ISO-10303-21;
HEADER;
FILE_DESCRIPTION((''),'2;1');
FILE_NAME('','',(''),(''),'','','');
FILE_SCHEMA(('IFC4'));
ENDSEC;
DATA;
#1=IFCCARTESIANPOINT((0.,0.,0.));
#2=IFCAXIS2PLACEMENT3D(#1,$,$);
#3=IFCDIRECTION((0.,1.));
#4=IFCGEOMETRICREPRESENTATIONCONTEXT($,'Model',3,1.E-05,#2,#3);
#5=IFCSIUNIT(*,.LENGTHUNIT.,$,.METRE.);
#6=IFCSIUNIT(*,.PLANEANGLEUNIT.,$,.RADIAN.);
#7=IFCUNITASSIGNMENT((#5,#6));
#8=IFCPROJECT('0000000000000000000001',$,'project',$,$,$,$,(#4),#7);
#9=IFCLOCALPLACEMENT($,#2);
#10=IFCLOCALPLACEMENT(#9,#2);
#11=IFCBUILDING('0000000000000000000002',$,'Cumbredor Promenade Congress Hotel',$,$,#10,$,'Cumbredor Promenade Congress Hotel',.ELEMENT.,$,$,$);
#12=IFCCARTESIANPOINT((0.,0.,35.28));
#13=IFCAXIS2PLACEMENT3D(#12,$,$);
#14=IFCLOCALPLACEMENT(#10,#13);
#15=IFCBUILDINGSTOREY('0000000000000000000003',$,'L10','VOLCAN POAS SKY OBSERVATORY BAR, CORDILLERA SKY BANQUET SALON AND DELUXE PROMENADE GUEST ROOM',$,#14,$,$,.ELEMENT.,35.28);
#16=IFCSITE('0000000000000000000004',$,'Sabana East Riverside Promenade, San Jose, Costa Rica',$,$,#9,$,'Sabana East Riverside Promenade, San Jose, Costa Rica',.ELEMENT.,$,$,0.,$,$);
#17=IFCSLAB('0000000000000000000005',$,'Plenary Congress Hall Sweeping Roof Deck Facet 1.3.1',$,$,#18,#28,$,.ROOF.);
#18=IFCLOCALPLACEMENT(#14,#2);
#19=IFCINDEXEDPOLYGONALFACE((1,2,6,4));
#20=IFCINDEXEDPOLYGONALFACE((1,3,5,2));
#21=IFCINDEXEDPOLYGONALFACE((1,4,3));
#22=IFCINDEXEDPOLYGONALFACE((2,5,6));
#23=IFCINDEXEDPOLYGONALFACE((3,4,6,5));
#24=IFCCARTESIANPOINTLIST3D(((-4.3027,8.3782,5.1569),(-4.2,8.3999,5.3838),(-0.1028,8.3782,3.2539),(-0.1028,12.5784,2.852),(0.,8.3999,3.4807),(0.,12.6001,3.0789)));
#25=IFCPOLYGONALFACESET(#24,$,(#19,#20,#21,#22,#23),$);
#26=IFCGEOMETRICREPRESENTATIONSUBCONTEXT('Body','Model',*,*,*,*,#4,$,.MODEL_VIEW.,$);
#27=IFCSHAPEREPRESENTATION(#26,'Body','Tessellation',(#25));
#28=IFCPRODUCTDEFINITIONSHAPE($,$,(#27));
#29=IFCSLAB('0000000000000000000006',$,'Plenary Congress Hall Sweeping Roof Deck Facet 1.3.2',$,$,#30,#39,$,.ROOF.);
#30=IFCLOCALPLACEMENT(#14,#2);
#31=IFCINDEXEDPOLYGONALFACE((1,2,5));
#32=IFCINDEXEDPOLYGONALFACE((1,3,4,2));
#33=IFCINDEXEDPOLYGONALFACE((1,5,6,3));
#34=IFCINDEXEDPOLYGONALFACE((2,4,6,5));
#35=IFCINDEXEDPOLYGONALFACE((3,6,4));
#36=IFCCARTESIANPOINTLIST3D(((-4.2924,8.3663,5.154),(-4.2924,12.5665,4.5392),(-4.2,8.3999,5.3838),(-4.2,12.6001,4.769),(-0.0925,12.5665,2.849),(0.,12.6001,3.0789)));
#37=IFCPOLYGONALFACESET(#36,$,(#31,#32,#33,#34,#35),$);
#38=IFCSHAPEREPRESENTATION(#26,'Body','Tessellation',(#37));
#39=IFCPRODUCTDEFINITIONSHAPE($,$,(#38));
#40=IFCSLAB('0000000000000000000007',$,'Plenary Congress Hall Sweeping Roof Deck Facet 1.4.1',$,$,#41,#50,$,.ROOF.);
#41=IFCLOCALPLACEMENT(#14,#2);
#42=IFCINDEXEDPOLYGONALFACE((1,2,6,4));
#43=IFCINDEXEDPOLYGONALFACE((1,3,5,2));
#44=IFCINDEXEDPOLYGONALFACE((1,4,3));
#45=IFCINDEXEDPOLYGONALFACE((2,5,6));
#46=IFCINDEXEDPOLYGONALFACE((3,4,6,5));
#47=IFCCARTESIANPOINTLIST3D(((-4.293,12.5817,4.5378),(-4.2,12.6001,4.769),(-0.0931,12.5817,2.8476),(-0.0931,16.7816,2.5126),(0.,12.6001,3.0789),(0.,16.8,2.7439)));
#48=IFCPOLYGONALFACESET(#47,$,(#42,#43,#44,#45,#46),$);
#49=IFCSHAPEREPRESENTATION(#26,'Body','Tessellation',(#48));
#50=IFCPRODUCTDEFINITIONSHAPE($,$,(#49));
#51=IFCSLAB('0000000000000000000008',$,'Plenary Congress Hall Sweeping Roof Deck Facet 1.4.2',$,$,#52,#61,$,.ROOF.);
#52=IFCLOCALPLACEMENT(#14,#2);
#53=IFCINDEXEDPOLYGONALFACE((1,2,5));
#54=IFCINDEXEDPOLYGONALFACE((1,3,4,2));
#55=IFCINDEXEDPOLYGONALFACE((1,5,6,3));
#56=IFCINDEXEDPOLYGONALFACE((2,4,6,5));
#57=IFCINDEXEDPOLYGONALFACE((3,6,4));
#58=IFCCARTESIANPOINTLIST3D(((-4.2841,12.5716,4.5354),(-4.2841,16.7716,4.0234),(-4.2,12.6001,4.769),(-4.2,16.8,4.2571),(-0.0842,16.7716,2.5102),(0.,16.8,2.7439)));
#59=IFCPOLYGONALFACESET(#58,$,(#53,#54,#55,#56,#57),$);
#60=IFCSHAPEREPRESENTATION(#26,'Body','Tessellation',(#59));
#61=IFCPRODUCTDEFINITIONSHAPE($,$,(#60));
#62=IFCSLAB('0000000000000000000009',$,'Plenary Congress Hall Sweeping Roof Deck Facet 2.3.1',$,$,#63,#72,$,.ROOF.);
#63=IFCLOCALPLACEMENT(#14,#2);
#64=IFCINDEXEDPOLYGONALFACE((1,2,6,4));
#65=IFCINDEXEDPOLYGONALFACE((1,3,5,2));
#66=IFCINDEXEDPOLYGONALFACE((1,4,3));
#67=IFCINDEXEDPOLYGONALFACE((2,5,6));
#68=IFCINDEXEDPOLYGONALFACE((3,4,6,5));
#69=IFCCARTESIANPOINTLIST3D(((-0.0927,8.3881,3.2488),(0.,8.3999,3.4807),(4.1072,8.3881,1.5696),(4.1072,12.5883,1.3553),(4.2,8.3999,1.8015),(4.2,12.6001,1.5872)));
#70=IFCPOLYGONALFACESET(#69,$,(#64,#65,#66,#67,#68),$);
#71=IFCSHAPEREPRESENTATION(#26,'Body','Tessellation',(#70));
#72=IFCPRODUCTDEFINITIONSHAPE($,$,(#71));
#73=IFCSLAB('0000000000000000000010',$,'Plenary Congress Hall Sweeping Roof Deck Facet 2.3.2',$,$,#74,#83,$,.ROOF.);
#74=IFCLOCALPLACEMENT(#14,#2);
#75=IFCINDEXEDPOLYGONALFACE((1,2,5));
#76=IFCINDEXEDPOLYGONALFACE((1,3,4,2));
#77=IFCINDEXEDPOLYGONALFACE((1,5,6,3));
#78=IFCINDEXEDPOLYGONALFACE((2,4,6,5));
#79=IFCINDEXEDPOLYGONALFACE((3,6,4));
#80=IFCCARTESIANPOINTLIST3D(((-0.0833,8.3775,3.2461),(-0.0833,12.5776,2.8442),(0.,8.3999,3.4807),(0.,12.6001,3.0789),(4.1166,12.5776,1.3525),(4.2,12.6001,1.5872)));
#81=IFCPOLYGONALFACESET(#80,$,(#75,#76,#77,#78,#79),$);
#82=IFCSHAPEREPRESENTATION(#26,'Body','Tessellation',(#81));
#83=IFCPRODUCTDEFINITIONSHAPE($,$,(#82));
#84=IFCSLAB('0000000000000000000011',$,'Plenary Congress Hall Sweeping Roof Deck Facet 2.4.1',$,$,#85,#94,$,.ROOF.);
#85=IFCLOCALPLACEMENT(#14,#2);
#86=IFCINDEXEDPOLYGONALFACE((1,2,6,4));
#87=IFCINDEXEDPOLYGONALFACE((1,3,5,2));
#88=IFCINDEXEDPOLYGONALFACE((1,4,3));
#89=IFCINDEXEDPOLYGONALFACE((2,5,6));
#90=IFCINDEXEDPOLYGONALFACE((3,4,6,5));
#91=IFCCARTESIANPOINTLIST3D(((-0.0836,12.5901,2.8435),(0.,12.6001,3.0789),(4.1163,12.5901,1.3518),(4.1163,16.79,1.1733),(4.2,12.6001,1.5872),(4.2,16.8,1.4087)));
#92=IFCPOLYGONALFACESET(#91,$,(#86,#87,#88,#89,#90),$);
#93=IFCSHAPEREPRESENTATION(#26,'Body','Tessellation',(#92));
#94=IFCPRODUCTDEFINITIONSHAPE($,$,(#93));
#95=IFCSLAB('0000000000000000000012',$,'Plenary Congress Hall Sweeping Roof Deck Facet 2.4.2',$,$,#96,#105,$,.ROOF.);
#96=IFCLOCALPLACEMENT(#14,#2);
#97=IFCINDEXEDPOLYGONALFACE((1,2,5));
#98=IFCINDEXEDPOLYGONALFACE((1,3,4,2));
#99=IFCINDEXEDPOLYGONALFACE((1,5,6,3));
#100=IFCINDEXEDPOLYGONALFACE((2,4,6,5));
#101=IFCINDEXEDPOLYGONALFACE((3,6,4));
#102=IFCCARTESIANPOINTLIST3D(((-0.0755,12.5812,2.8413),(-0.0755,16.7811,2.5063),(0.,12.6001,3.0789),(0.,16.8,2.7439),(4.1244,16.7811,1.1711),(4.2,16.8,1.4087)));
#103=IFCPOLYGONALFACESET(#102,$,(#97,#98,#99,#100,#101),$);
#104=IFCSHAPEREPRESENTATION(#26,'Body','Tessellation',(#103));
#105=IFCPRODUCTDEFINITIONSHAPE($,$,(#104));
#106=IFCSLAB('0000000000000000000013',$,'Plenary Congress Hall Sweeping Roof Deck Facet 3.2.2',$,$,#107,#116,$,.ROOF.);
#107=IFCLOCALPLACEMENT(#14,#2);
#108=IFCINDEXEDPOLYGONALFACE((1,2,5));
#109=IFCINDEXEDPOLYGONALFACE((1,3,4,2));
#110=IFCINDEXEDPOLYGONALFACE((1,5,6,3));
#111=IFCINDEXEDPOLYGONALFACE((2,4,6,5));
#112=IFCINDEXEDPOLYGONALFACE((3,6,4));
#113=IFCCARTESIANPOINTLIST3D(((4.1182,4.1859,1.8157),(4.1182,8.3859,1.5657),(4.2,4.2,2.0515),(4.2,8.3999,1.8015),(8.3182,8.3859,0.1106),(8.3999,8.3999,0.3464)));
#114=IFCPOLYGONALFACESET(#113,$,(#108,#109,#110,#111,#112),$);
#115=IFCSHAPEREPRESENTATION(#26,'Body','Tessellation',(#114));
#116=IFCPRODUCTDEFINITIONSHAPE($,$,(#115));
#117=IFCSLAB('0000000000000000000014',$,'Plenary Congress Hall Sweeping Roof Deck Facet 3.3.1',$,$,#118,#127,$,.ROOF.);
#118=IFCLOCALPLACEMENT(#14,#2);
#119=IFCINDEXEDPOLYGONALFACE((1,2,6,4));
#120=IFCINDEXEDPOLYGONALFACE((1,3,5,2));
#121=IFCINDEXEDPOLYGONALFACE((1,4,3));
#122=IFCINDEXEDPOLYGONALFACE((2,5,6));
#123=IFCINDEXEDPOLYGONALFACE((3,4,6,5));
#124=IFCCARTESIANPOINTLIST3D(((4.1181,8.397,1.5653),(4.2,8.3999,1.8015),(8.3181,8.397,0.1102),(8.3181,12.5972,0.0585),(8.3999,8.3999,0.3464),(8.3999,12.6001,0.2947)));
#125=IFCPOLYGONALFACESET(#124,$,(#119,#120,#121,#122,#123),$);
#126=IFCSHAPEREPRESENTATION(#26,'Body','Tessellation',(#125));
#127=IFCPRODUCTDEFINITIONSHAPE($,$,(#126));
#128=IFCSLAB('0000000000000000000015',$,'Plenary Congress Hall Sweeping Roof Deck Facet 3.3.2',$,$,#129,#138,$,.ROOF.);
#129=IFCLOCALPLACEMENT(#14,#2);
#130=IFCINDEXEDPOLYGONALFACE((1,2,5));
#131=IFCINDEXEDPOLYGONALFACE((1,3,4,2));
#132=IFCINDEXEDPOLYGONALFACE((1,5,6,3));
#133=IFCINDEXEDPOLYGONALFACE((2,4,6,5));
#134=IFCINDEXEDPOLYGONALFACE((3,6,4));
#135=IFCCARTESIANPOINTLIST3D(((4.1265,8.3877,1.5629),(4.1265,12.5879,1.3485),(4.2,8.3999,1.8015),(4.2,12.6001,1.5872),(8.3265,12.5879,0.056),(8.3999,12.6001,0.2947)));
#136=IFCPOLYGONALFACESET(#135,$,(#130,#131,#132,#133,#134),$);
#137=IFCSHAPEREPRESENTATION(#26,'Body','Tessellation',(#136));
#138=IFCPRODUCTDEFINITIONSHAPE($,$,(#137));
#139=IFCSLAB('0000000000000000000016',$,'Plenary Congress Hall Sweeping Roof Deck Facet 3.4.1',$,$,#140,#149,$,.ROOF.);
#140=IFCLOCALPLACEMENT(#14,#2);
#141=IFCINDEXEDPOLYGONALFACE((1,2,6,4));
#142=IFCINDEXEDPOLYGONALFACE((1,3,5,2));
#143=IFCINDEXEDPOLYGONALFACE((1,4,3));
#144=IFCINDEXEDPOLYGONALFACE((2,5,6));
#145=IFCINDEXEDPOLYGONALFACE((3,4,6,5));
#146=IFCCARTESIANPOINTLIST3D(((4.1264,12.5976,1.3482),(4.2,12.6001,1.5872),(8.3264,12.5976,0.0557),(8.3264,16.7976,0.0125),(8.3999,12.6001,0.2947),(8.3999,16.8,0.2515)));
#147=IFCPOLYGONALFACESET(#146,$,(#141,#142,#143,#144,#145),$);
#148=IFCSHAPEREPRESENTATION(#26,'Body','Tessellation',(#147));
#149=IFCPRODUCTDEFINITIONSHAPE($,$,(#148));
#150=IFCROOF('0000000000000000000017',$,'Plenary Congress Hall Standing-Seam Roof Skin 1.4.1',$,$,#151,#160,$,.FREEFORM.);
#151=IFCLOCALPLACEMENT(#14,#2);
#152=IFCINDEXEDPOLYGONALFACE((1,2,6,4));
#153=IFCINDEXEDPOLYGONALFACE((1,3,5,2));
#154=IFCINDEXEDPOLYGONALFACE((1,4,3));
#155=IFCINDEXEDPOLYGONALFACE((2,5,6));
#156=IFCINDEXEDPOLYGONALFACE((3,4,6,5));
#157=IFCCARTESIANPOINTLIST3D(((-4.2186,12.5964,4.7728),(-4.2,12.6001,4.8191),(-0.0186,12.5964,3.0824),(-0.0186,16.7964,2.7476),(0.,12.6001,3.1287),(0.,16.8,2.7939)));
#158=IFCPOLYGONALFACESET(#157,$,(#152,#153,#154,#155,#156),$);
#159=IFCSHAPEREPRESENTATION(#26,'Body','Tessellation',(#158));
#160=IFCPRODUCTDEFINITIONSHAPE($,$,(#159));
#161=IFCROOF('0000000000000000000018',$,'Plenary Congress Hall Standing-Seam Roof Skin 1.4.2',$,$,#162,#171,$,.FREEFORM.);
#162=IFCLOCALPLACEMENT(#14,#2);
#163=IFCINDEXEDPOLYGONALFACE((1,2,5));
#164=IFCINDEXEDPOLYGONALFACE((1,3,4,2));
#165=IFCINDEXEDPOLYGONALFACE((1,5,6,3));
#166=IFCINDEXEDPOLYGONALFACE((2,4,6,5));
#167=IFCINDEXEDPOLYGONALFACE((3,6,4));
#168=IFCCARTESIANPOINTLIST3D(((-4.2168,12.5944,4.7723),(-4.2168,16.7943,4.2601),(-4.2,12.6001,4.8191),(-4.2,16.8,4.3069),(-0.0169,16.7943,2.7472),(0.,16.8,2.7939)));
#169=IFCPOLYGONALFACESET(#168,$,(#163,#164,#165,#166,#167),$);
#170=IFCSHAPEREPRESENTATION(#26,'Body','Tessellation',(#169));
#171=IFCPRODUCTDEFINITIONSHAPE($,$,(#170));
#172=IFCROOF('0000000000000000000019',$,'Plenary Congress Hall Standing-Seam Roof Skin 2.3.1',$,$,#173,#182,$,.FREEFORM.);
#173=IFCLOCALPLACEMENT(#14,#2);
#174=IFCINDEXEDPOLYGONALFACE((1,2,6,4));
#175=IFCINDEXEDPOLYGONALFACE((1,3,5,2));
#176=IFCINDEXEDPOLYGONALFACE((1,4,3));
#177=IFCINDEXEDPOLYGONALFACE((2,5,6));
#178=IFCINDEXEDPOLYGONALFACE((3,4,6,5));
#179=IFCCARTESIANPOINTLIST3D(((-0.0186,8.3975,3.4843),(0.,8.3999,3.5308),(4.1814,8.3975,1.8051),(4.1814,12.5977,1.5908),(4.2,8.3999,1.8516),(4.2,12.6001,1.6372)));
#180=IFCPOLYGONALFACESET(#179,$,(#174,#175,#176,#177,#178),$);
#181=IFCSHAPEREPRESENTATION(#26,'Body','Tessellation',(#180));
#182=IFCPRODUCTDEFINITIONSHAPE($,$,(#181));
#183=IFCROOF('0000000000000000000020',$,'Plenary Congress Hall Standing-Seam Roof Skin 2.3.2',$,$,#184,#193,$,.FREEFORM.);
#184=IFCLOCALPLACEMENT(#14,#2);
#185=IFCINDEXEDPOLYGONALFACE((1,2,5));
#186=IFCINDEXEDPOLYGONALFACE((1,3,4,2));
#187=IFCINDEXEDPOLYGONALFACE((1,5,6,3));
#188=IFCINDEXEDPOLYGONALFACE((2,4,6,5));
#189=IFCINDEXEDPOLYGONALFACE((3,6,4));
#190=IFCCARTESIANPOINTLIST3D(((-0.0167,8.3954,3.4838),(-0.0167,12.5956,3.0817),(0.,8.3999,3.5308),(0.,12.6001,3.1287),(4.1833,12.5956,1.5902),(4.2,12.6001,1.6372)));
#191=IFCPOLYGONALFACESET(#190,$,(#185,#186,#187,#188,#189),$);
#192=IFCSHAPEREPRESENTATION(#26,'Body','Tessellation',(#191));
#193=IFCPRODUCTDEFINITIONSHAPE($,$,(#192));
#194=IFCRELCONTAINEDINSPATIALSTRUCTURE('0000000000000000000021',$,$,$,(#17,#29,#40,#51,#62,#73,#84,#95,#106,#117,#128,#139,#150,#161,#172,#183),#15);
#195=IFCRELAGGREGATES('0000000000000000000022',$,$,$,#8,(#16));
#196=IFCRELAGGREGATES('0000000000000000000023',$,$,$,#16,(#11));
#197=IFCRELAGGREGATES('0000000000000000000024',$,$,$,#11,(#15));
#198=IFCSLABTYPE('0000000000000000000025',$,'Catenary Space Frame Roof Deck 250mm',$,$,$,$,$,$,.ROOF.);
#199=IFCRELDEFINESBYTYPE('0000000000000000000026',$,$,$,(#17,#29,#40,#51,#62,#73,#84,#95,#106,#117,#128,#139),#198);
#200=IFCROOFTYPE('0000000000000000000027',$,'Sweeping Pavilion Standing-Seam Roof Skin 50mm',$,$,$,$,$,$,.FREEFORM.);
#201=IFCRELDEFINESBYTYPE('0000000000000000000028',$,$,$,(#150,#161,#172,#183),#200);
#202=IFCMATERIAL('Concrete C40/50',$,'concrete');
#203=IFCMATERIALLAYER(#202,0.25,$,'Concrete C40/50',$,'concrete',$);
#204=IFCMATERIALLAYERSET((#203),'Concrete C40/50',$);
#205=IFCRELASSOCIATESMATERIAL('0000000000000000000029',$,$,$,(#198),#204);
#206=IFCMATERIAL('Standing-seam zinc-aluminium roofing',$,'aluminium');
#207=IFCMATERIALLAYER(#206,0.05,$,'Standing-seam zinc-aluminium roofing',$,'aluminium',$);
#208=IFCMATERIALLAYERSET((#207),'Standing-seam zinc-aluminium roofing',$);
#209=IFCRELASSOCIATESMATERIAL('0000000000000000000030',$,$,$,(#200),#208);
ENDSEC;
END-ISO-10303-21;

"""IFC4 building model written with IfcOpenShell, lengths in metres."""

from ifc_helpers import new_model, si_unit, direction, frame, origin, place, context, subcontext, project, spatial, polyline, outline, extrude, material, layer, layer_set, type_object, element, save


model = new_model("IFC4")

# Units and contexts
model_context = context("Model", 3, precision=1e-05, world=origin(), true_north=direction((0.0, 1.0)))
body_context = subcontext(model_context, "Body", "Model", "MODEL_VIEW")
ifc_project = project(units=[si_unit("LENGTHUNIT", "METRE"), si_unit("PLANEANGLEUNIT", "RADIAN")], contexts=[model_context])

# Site, building, storey
site_placement = place(None, origin())
site = spatial("IfcSite", under=ifc_project, at=site_placement, Name="Sabana East Riverside Promenade, San Jose, Costa Rica", LongName="Sabana East Riverside Promenade, San Jose, Costa Rica", CompositionType="ELEMENT", RefElevation=0.0)
building_placement = place(site_placement, origin())
building = spatial("IfcBuilding", under=site, at=building_placement, Name="Cumbredor Promenade Congress Hotel", LongName="Cumbredor Promenade Congress Hotel", CompositionType="ELEMENT")
storey_placement = place(building_placement, frame((0.0, 0.0, 35.28)))
storey = spatial("IfcBuildingStorey", under=building, at=storey_placement, Name="L10", Description="VOLCAN POAS SKY OBSERVATORY BAR, CORDILLERA SKY BANQUET SALON AND DELUXE PROMENADE GUEST ROOM", CompositionType="ELEMENT", Elevation=35.28)

# Slabs
ifc_material_1 = material(Name="Concrete C40/50", Category="concrete")
ifc_layer_1 = layer(ifc_material_1, 0.25, Name="Concrete C40/50", Category="concrete")
ifc_layer_set_1 = layer_set([ifc_layer_1], Name="Concrete C40/50")
slab_type = type_object("IfcSlabType", Name="Catenary Space Frame Roof Deck 250mm", PredefinedType="ROOF", material=ifc_layer_set_1)
slab_1_placement = place(storey_placement, frame((-4.2, 8.3999, 5.3838), z_axis=(0.411167, 0.086817, 0.907416), x_axis=(0.910855, 0.0, -0.412726)))
element("IfcSlab", 1, at=slab_1_placement, inside=storey, type_object=slab_type, Name="Plenary Congress Hall Sweeping Roof Deck Facet 1.3.1", PredefinedType="ROOF", context=body_context, shape_type="SweptSolid", body=[
    extrude(outline(polyline([(0.0, 0.0), (4.611, 0.0), (4.7769, 4.2161), (0.0, 0.0)])), origin(), (0.0, 0.0, -1.0), 0.25),
])
slab_2_placement = place(storey_placement, frame((-4.2, 8.3999, 5.3838), z_axis=(0.369939, 0.134544, 0.919262), x_axis=(0.659195, 0.659233, -0.361766)))
element("IfcSlab", 2, at=slab_2_placement, inside=storey, type_object=slab_type, Name="Plenary Congress Hall Sweeping Roof Deck Facet 1.3.2", PredefinedType="ROOF", context=body_context, shape_type="SweptSolid", body=[
    extrude(outline(polyline([(0.0, 0.0), (6.3713, 0.0), (2.9913, 3.0119), (0.0, 0.0)])), origin(), (0.0, 0.0, -1.0), 0.25),
])
slab_3_placement = place(storey_placement, frame((-4.2, 12.6001, 4.769), z_axis=(0.372315, 0.073785, 0.925169), x_axis=(0.927697, 0.0, -0.373333)))
element("IfcSlab", 3, at=slab_3_placement, inside=storey, type_object=slab_type, Name="Plenary Congress Hall Sweeping Roof Deck Facet 1.4.1", PredefinedType="ROOF", context=body_context, shape_type="SweptSolid", body=[
    extrude(outline(polyline([(0.0, 0.0), (4.5273, 0.0), (4.6523, 4.2114), (0.0, 0.0)])), origin(), (0.0, 0.0, -1.0), 0.25),
])
slab_4_placement = place(storey_placement, frame((-4.2, 12.6001, 4.769), z_axis=(0.33675, 0.113934, 0.934675), x_axis=(0.669274, 0.669274, -0.322713)))
element("IfcSlab", 4, at=slab_4_placement, inside=storey, type_object=slab_type, Name="Plenary Congress Hall Sweeping Roof Deck Facet 1.4.2", PredefinedType="ROOF", context=body_context, shape_type="SweptSolid", body=[
    extrude(outline(polyline([(0.0, 0.0), (6.2754, 0.0), (2.9761, 3.0074), (0.0, 0.0)])), origin(), (0.0, 0.0, -1.0), 0.25),
])
slab_5_placement = place(storey_placement, frame((0.0, 8.3999, 3.4807), z_axis=(0.370826, 0.047334, 0.927495), x_axis=(0.928536, 0.0, -0.371242)))
element("IfcSlab", 5, at=slab_5_placement, inside=storey, type_object=slab_type, Name="Plenary Congress Hall Sweeping Roof Deck Facet 2.3.1", PredefinedType="ROOF", context=body_context, shape_type="SweptSolid", body=[
    extrude(outline(polyline([(0.0, 0.0), (4.5232, 0.0), (4.6028, 4.2049), (0.0, 0.0)])), origin(), (0.0, 0.0, -1.0), 0.25),
])
slab_6_placement = place(storey_placement, frame((0.0, 8.3999, 3.4807), z_axis=(0.333336, 0.089794, 0.938523), x_axis=(0.673682, 0.673721, -0.303731)))
element("IfcSlab", 6, at=slab_6_placement, inside=storey, type_object=slab_type, Name="Plenary Congress Hall Sweeping Roof Deck Facet 2.3.2", PredefinedType="ROOF", context=body_context, shape_type="SweptSolid", body=[
    extrude(outline(polyline([(0.0, 0.0), (6.2343, 0.0), (2.9518, 3.0149), (0.0, 0.0)])), origin(), (0.0, 0.0, -1.0), 0.25),
])
slab_7_placement = place(storey_placement, frame((0.0, 12.6001, 3.0789), z_axis=(0.33442, 0.04001, 0.941575), x_axis=(0.942329, 0.0, -0.334688)))
element("IfcSlab", 7, at=slab_7_placement, inside=storey, type_object=slab_type, Name="Plenary Congress Hall Sweeping Roof Deck Facet 2.4.1", PredefinedType="ROOF", context=body_context, shape_type="SweptSolid", body=[
    extrude(outline(polyline([(0.0, 0.0), (4.457, 0.0), (4.5167, 4.2033), (0.0, 0.0)])), origin(), (0.0, 0.0, -1.0), 0.25),
])
slab_8_placement = place(storey_placement, frame((0.0, 12.6001, 3.0789), z_axis=(0.302097, 0.075787, 0.95026), x_axis=(0.680708, 0.680708, -0.270692)))
element("IfcSlab", 8, at=slab_8_placement, inside=storey, type_object=slab_type, Name="Plenary Congress Hall Sweeping Roof Deck Facet 2.4.2", PredefinedType="ROOF", context=body_context, shape_type="SweptSolid", body=[
    extrude(outline(polyline([(0.0, 0.0), (6.17, 0.0), (2.9496, 3.0086), (0.0, 0.0)])), origin(), (0.0, 0.0, -1.0), 0.25),
])
slab_9_placement = place(storey_placement, frame((4.2, 4.2, 2.0515), z_axis=(0.326845, 0.056156, 0.943408), x_axis=(0.679657, 0.679657, -0.275924)))
element("IfcSlab", 9, at=slab_9_placement, inside=storey, type_object=slab_type, Name="Plenary Congress Hall Sweeping Roof Deck Facet 3.2.2", PredefinedType="ROOF", context=body_context, shape_type="SweptSolid", body=[
    extrude(outline(polyline([(0.0, 0.0), (6.1795, 0.0), (2.9235, 3.0258), (0.0, 0.0)])), origin(), (0.0, 0.0, -1.0), 0.25),
])
slab_10_placement = place(storey_placement, frame((4.2, 8.3999, 1.8015), z_axis=(0.327339, 0.011643, 0.944835), x_axis=(0.944899, 0.0, -0.327361)))
element("IfcSlab", 10, at=slab_10_placement, inside=storey, type_object=slab_type, Name="Plenary Congress Hall Sweeping Roof Deck Facet 3.3.1", PredefinedType="ROOF", context=body_context, shape_type="SweptSolid", body=[
    extrude(outline(polyline([(0.0, 0.0), (4.4449, 0.0), (4.4618, 4.2005), (0.0, 0.0)])), origin(), (0.0, 0.0, -1.0), 0.25),
])
slab_11_placement = place(storey_placement, frame((4.2, 8.3999, 1.8015), z_axis=(0.293776, 0.048719, 0.954632), x_axis=(0.685376, 0.685416, -0.245896)))
element("IfcSlab", 11, at=slab_11_placement, inside=storey, type_object=slab_type, Name="Plenary Congress Hall Sweeping Roof Deck Facet 3.3.2", PredefinedType="ROOF", context=body_context, shape_type="SweptSolid", body=[
    extrude(outline(polyline([(0.0, 0.0), (6.128, 0.0), (2.9316, 3.0155), (0.0, 0.0)])), origin(), (0.0, 0.0, -1.0), 0.25),
])
slab_12_placement = place(storey_placement, frame((4.2, 12.6001, 1.5872), z_axis=(0.294111, 0.009833, 0.955721), x_axis=(0.955767, 0.0, -0.294125)))
element("IfcSlab", 12, at=slab_12_placement, inside=storey, type_object=slab_type, Name="Plenary Congress Hall Sweeping Roof Deck Facet 3.4.1", PredefinedType="ROOF", context=body_context, shape_type="SweptSolid", body=[
    extrude(outline(polyline([(0.0, 0.0), (4.3943, 0.0), (4.407, 4.2002), (0.0, 0.0)])), origin(), (0.0, 0.0, -1.0), 0.25),
])

# Roofs
ifc_material_2 = material(Name="Standing-seam zinc-aluminium roofing", Category="aluminium")
ifc_layer_2 = layer(ifc_material_2, 0.05, Name="Standing-seam zinc-aluminium roofing", Category="aluminium")
ifc_layer_set_2 = layer_set([ifc_layer_2], Name="Standing-seam zinc-aluminium roofing")
roof_type = type_object("IfcRoofType", Name="Sweeping Pavilion Standing-Seam Roof Skin 50mm", PredefinedType="FREEFORM", material=ifc_layer_set_2)
roof_1_placement = place(storey_placement, frame((-4.2, 12.6001, 4.8191), z_axis=(0.372363, 0.07373, 0.925154), x_axis=(0.927679, 0.0, -0.373379)))
element("IfcRoof", 13, at=roof_1_placement, inside=storey, type_object=roof_type, Name="Plenary Congress Hall Standing-Seam Roof Skin 1.4.1", PredefinedType="FREEFORM", context=body_context, shape_type="SweptSolid", body=[
    extrude(outline(polyline([(0.0, 0.0), (4.5274, 0.0), (4.6524, 4.2114), (0.0, 0.0)])), origin(), (0.0, 0.0, -1.0), 0.05),
])
roof_2_placement = place(storey_placement, frame((-4.2, 12.6001, 4.8191), z_axis=(0.3367, 0.11399, 0.934687), x_axis=(0.669274, 0.669274, -0.322713)))
element("IfcRoof", 14, at=roof_2_placement, inside=storey, type_object=roof_type, Name="Plenary Congress Hall Standing-Seam Roof Skin 1.4.2", PredefinedType="FREEFORM", context=body_context, shape_type="SweptSolid", body=[
    extrude(outline(polyline([(0.0, 0.0), (6.2754, 0.0), (2.9762, 3.0073), (0.0, 0.0)])), origin(), (0.0, 0.0, -1.0), 0.05),
])
roof_3_placement = place(storey_placement, frame((0.0, 8.3999, 3.5308), z_axis=(0.370826, 0.047334, 0.927495), x_axis=(0.928536, 0.0, -0.371242)))
element("IfcRoof", 15, at=roof_3_placement, inside=storey, type_object=roof_type, Name="Plenary Congress Hall Standing-Seam Roof Skin 2.3.1", PredefinedType="FREEFORM", context=body_context, shape_type="SweptSolid", body=[
    extrude(outline(polyline([(0.0, 0.0), (4.5232, 0.0), (4.6028, 4.2049), (0.0, 0.0)])), origin(), (0.0, 0.0, -1.0), 0.05),
])
roof_4_placement = place(storey_placement, frame((0.0, 8.3999, 3.5308), z_axis=(0.333285, 0.089849, 0.938535), x_axis=(0.673682, 0.673721, -0.303731)))
element("IfcRoof", 16, at=roof_4_placement, inside=storey, type_object=roof_type, Name="Plenary Congress Hall Standing-Seam Roof Skin 2.3.2", PredefinedType="FREEFORM", context=body_context, shape_type="SweptSolid", body=[
    extrude(outline(polyline([(0.0, 0.0), (6.2343, 0.0), (2.9519, 3.0149), (0.0, 0.0)])), origin(), (0.0, 0.0, -1.0), 0.05),
])

save(model, "model.ifc")
